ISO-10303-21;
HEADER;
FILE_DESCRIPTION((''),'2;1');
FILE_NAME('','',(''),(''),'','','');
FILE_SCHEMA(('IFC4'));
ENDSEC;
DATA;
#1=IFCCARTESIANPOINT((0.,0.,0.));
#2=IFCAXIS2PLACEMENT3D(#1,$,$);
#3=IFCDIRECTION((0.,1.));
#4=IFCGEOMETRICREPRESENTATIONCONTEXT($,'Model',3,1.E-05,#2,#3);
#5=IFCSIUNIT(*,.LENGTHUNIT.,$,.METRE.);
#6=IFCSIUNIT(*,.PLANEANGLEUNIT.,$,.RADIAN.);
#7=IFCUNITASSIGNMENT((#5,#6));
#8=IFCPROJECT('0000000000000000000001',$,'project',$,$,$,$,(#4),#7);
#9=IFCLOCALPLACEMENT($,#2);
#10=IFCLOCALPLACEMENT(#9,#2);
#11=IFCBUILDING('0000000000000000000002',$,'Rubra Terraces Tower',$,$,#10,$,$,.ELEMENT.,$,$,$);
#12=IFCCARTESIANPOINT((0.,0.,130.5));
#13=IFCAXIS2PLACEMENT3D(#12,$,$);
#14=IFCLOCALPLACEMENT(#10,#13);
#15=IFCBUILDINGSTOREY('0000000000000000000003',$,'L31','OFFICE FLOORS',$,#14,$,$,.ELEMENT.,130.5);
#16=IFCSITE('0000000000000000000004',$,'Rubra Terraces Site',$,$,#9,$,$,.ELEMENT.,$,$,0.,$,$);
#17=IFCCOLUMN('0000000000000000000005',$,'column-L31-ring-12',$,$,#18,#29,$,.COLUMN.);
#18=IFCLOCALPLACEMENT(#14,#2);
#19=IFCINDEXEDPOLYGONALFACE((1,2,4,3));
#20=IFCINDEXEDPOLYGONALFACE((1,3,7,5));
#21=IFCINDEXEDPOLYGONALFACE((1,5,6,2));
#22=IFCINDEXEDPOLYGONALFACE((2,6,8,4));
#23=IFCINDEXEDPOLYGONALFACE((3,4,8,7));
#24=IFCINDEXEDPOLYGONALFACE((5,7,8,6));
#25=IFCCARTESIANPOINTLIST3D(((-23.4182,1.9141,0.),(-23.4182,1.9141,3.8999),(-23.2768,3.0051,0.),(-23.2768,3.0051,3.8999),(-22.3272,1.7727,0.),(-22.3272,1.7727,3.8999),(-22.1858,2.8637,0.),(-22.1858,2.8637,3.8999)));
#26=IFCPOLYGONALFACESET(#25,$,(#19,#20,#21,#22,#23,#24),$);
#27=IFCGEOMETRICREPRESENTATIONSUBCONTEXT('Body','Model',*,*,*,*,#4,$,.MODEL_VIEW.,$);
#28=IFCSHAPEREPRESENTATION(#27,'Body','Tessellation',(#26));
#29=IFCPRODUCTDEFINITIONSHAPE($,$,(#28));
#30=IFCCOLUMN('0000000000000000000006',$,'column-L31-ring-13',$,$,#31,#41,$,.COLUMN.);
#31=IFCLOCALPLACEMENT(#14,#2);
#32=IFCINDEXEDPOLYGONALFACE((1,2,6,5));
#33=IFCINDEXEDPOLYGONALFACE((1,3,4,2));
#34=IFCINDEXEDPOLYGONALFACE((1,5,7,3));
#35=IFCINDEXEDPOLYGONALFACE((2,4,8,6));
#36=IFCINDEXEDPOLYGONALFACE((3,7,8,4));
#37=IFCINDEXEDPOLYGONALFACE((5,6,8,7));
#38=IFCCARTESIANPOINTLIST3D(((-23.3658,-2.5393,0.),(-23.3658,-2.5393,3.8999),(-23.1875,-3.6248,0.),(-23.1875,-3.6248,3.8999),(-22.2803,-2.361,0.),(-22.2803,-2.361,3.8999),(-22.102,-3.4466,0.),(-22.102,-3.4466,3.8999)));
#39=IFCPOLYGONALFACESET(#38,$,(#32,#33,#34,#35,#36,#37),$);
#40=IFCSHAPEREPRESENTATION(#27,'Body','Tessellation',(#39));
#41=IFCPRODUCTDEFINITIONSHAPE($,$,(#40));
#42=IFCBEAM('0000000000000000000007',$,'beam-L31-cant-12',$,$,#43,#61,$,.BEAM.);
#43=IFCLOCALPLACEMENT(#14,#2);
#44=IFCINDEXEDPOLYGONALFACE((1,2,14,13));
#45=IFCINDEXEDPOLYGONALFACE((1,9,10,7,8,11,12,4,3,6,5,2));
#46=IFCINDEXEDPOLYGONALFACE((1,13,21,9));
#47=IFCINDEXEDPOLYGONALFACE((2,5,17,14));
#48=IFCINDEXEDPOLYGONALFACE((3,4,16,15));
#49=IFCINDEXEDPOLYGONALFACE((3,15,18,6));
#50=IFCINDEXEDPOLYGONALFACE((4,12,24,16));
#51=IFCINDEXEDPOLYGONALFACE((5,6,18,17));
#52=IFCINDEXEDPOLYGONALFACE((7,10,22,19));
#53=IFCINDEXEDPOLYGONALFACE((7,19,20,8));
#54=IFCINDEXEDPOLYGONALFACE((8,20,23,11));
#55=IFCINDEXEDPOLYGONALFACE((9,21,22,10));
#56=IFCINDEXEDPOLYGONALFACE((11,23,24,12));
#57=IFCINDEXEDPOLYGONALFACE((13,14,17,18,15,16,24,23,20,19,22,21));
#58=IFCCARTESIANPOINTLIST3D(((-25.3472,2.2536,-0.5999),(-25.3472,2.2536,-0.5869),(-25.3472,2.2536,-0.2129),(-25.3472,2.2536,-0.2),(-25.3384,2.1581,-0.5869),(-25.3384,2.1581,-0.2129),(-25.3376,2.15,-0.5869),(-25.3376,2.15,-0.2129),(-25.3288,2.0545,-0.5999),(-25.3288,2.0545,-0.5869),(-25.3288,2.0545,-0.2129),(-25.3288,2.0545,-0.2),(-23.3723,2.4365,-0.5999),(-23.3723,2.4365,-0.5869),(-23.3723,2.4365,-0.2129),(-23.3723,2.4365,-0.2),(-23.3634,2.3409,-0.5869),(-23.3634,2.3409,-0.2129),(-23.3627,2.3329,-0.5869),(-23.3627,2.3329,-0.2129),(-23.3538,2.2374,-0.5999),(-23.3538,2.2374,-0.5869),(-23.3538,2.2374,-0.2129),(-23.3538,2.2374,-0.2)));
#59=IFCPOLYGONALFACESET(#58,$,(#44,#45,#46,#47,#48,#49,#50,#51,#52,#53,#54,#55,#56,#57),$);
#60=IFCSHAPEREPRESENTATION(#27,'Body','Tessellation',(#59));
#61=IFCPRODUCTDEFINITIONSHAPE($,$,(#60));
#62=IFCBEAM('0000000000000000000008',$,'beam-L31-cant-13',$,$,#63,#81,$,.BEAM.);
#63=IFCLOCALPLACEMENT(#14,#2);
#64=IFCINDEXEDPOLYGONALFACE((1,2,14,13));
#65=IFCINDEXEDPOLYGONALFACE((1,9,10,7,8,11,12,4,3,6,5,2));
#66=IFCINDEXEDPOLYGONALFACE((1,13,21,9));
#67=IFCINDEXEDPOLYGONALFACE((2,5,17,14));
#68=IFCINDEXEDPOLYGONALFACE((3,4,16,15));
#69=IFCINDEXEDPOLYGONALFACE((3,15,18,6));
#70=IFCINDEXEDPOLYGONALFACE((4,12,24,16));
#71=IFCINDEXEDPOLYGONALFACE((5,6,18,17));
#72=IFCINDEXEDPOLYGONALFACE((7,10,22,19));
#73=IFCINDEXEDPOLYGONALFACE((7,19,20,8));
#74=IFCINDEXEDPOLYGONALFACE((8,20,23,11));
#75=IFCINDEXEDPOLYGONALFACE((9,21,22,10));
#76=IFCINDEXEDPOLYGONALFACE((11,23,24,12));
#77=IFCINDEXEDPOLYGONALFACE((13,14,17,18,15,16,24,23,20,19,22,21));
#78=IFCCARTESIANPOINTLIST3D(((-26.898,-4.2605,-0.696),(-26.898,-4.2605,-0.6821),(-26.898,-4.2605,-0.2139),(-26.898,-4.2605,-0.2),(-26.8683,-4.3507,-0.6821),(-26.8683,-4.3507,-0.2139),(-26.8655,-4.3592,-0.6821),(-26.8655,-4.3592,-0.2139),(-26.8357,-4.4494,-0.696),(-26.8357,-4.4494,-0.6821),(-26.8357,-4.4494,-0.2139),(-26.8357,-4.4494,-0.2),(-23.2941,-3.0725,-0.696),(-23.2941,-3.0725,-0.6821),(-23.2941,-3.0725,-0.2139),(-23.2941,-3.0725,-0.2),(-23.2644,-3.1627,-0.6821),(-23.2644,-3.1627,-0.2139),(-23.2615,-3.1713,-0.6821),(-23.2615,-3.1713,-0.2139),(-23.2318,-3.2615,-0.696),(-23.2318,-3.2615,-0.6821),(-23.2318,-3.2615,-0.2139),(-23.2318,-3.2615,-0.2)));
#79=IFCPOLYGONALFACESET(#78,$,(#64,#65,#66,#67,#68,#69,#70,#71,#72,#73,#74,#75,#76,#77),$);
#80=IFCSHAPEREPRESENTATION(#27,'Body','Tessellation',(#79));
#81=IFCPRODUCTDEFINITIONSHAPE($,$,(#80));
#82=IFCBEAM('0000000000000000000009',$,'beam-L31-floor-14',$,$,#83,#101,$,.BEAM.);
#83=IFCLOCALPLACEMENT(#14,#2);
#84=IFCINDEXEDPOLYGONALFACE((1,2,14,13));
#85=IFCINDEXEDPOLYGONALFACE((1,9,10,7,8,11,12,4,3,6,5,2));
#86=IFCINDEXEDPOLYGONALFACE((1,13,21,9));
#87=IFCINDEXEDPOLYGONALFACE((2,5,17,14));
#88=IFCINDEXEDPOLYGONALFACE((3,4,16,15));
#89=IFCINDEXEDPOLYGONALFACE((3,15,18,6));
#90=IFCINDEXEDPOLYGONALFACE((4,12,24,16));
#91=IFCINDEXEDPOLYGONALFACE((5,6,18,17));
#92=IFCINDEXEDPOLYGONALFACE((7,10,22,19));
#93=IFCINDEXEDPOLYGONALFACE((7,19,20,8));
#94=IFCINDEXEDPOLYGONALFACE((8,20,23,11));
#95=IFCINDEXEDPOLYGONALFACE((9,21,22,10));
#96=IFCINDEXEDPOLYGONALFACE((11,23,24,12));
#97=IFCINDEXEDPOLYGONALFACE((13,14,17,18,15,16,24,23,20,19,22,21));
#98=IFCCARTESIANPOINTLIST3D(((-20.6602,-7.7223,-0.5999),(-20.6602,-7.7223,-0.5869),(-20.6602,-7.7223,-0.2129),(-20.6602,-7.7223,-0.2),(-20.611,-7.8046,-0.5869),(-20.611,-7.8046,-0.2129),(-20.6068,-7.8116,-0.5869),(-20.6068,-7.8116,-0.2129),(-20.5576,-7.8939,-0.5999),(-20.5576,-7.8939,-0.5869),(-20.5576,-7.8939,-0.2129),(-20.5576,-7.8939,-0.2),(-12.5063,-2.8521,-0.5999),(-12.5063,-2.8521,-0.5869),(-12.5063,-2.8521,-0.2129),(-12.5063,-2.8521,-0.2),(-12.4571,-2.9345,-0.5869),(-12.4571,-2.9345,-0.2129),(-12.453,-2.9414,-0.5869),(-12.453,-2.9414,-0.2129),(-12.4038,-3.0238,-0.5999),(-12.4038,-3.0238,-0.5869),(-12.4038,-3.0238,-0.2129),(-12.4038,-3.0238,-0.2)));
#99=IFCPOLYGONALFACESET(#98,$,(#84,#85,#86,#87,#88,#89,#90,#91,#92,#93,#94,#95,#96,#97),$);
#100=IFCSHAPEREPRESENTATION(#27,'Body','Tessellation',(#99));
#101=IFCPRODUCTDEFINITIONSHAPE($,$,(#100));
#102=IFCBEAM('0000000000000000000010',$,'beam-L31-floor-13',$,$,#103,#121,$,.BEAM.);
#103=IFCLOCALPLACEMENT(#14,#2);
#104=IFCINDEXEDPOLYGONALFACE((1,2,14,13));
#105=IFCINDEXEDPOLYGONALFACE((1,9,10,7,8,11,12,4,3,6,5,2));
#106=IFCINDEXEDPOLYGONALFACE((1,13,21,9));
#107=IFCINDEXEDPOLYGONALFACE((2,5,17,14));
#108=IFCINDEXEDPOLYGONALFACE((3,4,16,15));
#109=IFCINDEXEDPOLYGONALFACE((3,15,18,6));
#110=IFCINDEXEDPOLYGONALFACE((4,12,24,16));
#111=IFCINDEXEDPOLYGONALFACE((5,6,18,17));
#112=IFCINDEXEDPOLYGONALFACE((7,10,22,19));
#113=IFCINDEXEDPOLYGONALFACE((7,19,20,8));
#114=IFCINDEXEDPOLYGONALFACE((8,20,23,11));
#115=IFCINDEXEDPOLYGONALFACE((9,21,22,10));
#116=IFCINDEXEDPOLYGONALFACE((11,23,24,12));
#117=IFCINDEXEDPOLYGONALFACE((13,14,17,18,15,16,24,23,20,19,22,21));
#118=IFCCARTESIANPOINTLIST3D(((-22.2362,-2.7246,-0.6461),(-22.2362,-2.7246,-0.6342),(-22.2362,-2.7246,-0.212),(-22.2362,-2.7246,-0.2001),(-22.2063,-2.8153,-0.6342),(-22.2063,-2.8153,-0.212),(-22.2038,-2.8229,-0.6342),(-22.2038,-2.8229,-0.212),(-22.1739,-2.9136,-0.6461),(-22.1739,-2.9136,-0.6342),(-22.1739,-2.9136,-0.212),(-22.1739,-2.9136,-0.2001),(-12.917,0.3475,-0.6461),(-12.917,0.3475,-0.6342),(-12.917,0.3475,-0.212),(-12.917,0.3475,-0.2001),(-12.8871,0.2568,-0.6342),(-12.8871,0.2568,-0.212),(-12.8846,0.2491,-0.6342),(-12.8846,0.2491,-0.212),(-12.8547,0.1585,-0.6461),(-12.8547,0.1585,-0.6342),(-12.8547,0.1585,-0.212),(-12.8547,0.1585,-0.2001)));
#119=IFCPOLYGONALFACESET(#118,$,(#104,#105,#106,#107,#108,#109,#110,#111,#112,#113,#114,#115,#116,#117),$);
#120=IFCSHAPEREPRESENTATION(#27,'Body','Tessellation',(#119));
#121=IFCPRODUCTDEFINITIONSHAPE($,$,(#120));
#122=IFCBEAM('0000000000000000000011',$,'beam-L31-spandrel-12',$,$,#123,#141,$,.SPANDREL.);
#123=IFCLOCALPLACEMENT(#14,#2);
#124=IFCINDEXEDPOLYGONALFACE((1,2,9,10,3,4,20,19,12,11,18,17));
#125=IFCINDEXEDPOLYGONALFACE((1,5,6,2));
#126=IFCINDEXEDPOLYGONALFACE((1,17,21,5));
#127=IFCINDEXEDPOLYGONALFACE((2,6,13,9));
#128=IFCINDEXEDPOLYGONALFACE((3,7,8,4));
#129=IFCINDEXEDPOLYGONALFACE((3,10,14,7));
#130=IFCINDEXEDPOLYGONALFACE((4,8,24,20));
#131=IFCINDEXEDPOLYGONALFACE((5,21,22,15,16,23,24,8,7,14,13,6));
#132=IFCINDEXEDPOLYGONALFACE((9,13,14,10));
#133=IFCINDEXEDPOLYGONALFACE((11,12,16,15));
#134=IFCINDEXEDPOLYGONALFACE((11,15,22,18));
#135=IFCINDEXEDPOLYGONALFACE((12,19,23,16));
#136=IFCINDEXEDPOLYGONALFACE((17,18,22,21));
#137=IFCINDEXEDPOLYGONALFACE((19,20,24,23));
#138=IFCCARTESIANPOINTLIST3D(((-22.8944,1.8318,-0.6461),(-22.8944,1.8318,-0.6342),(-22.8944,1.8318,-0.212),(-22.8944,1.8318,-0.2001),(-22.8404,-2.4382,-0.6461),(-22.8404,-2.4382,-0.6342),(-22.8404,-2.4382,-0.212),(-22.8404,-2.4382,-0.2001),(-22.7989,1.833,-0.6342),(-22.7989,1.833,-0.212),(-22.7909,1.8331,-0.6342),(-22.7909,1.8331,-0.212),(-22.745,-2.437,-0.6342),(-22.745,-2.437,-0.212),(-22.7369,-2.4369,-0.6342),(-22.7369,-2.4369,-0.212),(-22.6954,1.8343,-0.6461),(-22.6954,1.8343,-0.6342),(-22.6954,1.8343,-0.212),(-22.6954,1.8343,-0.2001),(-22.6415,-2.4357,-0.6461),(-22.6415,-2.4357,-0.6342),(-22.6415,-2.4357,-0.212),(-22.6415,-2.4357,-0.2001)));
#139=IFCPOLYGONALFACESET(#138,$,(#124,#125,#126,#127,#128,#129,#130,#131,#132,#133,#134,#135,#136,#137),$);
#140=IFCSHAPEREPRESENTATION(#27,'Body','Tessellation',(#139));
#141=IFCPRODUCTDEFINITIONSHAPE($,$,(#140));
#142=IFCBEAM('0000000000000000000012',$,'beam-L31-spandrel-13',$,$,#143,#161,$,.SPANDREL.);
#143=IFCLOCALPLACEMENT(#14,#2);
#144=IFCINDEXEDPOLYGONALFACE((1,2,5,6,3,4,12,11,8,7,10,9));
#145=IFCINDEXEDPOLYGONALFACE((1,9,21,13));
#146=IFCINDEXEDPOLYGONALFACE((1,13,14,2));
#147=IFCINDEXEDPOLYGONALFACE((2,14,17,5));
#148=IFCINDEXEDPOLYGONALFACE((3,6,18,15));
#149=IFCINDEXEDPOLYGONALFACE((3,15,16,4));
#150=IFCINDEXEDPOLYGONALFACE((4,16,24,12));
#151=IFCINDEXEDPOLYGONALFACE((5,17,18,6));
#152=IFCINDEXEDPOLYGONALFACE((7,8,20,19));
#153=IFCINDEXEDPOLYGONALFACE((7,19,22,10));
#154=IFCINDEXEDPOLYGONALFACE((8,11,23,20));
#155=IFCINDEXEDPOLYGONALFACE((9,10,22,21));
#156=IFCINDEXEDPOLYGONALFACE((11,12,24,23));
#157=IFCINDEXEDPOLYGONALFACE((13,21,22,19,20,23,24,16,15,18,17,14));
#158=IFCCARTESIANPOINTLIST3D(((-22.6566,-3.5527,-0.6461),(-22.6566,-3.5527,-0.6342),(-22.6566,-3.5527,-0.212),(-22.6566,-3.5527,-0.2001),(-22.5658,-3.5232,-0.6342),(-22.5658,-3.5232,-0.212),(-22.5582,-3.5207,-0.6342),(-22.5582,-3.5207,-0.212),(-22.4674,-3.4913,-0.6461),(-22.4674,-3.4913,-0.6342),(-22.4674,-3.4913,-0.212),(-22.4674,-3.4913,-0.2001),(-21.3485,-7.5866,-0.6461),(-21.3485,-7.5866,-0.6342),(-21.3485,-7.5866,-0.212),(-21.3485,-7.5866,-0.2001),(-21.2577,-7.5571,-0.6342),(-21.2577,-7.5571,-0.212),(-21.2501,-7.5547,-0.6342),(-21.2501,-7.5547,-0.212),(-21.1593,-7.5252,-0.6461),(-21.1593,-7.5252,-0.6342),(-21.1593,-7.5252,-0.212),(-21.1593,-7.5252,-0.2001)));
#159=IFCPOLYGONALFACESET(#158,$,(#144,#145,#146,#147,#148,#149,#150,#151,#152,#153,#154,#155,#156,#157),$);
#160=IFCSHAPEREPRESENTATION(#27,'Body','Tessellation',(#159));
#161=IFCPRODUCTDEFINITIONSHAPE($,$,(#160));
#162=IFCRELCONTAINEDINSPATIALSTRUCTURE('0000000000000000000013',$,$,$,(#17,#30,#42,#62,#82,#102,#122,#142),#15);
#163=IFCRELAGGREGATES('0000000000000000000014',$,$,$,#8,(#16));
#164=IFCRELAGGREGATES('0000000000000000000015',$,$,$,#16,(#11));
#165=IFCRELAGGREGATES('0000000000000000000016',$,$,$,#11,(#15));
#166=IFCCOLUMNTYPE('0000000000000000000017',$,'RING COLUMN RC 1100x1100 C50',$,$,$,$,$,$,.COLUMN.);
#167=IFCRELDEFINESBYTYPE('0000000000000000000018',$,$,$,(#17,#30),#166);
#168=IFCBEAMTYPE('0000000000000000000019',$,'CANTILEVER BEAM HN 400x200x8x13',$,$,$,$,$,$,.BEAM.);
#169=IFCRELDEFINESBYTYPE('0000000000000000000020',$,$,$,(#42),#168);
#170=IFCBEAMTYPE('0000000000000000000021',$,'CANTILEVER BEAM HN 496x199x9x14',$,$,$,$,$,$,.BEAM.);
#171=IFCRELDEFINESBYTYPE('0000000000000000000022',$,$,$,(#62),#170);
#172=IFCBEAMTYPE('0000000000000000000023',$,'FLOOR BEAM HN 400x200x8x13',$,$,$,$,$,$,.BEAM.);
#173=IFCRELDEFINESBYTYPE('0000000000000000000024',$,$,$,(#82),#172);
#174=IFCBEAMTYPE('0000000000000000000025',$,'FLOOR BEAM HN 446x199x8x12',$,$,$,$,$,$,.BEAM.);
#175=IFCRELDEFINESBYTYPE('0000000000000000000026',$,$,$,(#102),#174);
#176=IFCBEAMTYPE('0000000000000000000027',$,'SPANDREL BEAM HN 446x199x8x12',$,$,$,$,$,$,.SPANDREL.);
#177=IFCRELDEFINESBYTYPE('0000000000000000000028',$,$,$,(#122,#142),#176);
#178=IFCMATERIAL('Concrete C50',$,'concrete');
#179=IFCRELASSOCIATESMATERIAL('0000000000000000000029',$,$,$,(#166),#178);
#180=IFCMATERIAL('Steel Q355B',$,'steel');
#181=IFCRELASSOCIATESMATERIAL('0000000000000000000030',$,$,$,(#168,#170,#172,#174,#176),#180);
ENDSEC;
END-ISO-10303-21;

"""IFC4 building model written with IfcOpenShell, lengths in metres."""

from ifc_helpers import new_model, si_unit, direction, frame, origin, origin_2d, place, context, subcontext, project, spatial, rectangle, i_section, extrude, material, material_profile, profile_set, type_object, element, save


model = new_model("IFC4")

# Units and contexts
model_context = context("Model", 3, precision=1e-05, world=origin(), true_north=direction((0.0, 1.0)))
body_context = subcontext(model_context, "Body", "Model", "MODEL_VIEW")
ifc_project = project(units=[si_unit("LENGTHUNIT", "METRE"), si_unit("PLANEANGLEUNIT", "RADIAN")], contexts=[model_context])

# Site, building, storey
site_placement = place(None, origin())
site = spatial("IfcSite", under=ifc_project, at=site_placement, Name="Rubra Terraces Site", CompositionType="ELEMENT", RefElevation=0.0)
building_placement = place(site_placement, origin())
building = spatial("IfcBuilding", under=site, at=building_placement, Name="Rubra Terraces Tower", CompositionType="ELEMENT")
storey_placement = place(building_placement, frame((0.0, 0.0, 130.5)))
storey = spatial("IfcBuildingStorey", under=building, at=storey_placement, Name="L31", Description="OFFICE FLOORS", CompositionType="ELEMENT", Elevation=130.5)

# Columns
ifc_material_1 = material(Name="Concrete C50", Category="concrete")
ifc_material_profile_1 = material_profile(ifc_material_1, rectangle(XDim=1.1001, YDim=1.1001, at=origin_2d()), Name="RC 1100x1100")
ifc_profile_set_1 = profile_set([ifc_material_profile_1], Name="Concrete C50")
column_type = type_object("IfcColumnType", Name="RING COLUMN RC 1100x1100 C50", PredefinedType="COLUMN", material=ifc_profile_set_1)
for number, where, z_axis, x_axis, name in (
    (1, (-22.802, 2.3889, 0.0), (0.0, 0.0, 1.0), (-0.128535, -0.991705, 0.0), "column-L31-ring-12"),
    (2, (-22.7339, -2.9929, 0.0), (0.0, 0.0, 1.0), (0.162062, -0.986781, 0.0), "column-L31-ring-13"),
):
    element("IfcColumn", number, at=place(storey_placement, frame(where, z_axis=z_axis, x_axis=x_axis)), inside=storey, type_object=column_type, Name=name, PredefinedType="COLUMN", context=body_context, shape_type="SweptSolid", body=[
        extrude(rectangle(XDim=1.1001, YDim=1.1001, at=origin_2d()), origin(), (0.0, 0.0, 1.0), 3.8999),
    ])

# Beams
ifc_material_2 = material(Name="Steel Q355B", Category="steel")
ifc_material_profile_2 = material_profile(ifc_material_2, i_section(OverallWidth=0.2, OverallDepth=0.3999, WebThickness=0.0081, FlangeThickness=0.0129, at=origin_2d()), Name="HN 400x200x8x13")
ifc_profile_set_2 = profile_set([ifc_material_profile_2], Name="Steel Q355B")
beam_type_1 = type_object("IfcBeamType", Name="CANTILEVER BEAM HN 400x200x8x13", PredefinedType="BEAM", material=ifc_profile_set_2)
beam_1_placement = place(storey_placement, frame((-23.363, 2.3369, -0.3999), z_axis=(-0.99574, -0.0922, 0.0), x_axis=(0.0922, -0.99574, 0.0)))
element("IfcBeam", 3, at=beam_1_placement, inside=storey, type_object=beam_type_1, Name="beam-L31-cant-12", PredefinedType="BEAM", context=body_context, shape_type="SweptSolid", body=[
    extrude(i_section(OverallWidth=0.2, OverallDepth=0.3999, WebThickness=0.0081, FlangeThickness=0.0129, at=origin_2d()), origin(), (0.0, 0.0, 1.0), 1.9834),
])
ifc_material_profile_3 = material_profile(ifc_material_2, i_section(OverallWidth=0.199, OverallDepth=0.4961, WebThickness=0.009, FlangeThickness=0.0139, at=origin_2d()), Name="HN 496x199x9x14")
ifc_profile_set_3 = profile_set([ifc_material_profile_3], Name="Steel Q355B")
beam_type_2 = type_object("IfcBeamType", Name="CANTILEVER BEAM HN 496x199x9x14", PredefinedType="BEAM", material=ifc_profile_set_3)
beam_2_placement = place(storey_placement, frame((-23.2629, -3.167, -0.448), z_axis=(-0.949733, -0.313061, 0.0), x_axis=(0.313061, -0.949733, 0.0)))
element("IfcBeam", 4, at=beam_2_placement, inside=storey, type_object=beam_type_2, Name="beam-L31-cant-13", PredefinedType="BEAM", context=body_context, shape_type="SweptSolid", body=[
    extrude(i_section(OverallWidth=0.199, OverallDepth=0.4961, WebThickness=0.009, FlangeThickness=0.0139, at=origin_2d()), origin(), (0.0, 0.0, 1.0), 3.7947),
])
ifc_material_profile_4 = material_profile(ifc_material_2, i_section(OverallWidth=0.2, OverallDepth=0.3999, WebThickness=0.0081, FlangeThickness=0.0129, at=origin_2d()), Name="HN 400x200x8x13")
ifc_profile_set_4 = profile_set([ifc_material_profile_4], Name="Steel Q355B")
beam_type_3 = type_object("IfcBeamType", Name="FLOOR BEAM HN 400x200x8x13", PredefinedType="BEAM", material=ifc_profile_set_4)
beam_3_placement = place(storey_placement, frame((-20.6089, -7.8081, -0.3999), z_axis=(0.858521, 0.512778, 0.0), x_axis=(-0.512778, 0.858521, 0.0)))
element("IfcBeam", 5, at=beam_3_placement, inside=storey, type_object=beam_type_3, Name="beam-L31-floor-14", PredefinedType="BEAM", context=body_context, shape_type="SweptSolid", body=[
    extrude(i_section(OverallWidth=0.2, OverallDepth=0.3999, WebThickness=0.0081, FlangeThickness=0.0129, at=origin_2d()), origin(), (0.0, 0.0, 1.0), 9.4976),
])
ifc_material_profile_5 = material_profile(ifc_material_2, i_section(OverallWidth=0.199, OverallDepth=0.446, WebThickness=0.0081, FlangeThickness=0.012, at=origin_2d()), Name="HN 446x199x8x12")
ifc_profile_set_5 = profile_set([ifc_material_profile_5], Name="Steel Q355B")
beam_type_4 = type_object("IfcBeamType", Name="FLOOR BEAM HN 446x199x8x12", PredefinedType="BEAM", material=ifc_profile_set_5)
beam_4_placement = place(storey_placement, frame((-22.2051, -2.8191, -0.4231), z_axis=(0.949728, 0.313076, 0.0), x_axis=(-0.313076, 0.949728, 0.0)))
element("IfcBeam", 6, at=beam_4_placement, inside=storey, type_object=beam_type_4, Name="beam-L31-floor-13", PredefinedType="BEAM", context=body_context, shape_type="SweptSolid", body=[
    extrude(i_section(OverallWidth=0.199, OverallDepth=0.446, WebThickness=0.0081, FlangeThickness=0.012, at=origin_2d()), origin(), (0.0, 0.0, 1.0), 9.8125),
])
ifc_material_profile_6 = material_profile(ifc_material_2, i_section(OverallWidth=0.199, OverallDepth=0.446, WebThickness=0.0081, FlangeThickness=0.012, at=origin_2d()), Name="HN 446x199x8x12")
ifc_profile_set_6 = profile_set([ifc_material_profile_6], Name="Steel Q355B")
beam_type_5 = type_object("IfcBeamType", Name="SPANDREL BEAM HN 446x199x8x12", PredefinedType="SPANDREL", material=ifc_profile_set_6)
beam_5_placement = place(storey_placement, frame((-22.7949, 1.833, -0.4231), z_axis=(0.012635, -0.99992, 0.0), x_axis=(0.99992, 0.012635, 0.0)))
element("IfcBeam", 7, at=beam_5_placement, inside=storey, type_object=beam_type_5, Name="beam-L31-spandrel-12", PredefinedType="SPANDREL", context=body_context, shape_type="SweptSolid", body=[
    extrude(i_section(OverallWidth=0.199, OverallDepth=0.446, WebThickness=0.0081, FlangeThickness=0.012, at=origin_2d()), origin(), (0.0, 0.0, 1.0), 4.2703),
])
beam_6_placement = place(storey_placement, frame((-22.562, -3.522, -0.4231), z_axis=(0.308462, -0.951237, 0.0), x_axis=(0.951237, 0.308462, 0.0)))
element("IfcBeam", 8, at=beam_6_placement, inside=storey, type_object=beam_type_5, Name="beam-L31-spandrel-13", PredefinedType="SPANDREL", context=body_context, shape_type="SweptSolid", body=[
    extrude(i_section(OverallWidth=0.199, OverallDepth=0.446, WebThickness=0.0081, FlangeThickness=0.012, at=origin_2d()), origin(), (0.0, 0.0, 1.0), 4.2407),
])

save(model, "model.ifc")
